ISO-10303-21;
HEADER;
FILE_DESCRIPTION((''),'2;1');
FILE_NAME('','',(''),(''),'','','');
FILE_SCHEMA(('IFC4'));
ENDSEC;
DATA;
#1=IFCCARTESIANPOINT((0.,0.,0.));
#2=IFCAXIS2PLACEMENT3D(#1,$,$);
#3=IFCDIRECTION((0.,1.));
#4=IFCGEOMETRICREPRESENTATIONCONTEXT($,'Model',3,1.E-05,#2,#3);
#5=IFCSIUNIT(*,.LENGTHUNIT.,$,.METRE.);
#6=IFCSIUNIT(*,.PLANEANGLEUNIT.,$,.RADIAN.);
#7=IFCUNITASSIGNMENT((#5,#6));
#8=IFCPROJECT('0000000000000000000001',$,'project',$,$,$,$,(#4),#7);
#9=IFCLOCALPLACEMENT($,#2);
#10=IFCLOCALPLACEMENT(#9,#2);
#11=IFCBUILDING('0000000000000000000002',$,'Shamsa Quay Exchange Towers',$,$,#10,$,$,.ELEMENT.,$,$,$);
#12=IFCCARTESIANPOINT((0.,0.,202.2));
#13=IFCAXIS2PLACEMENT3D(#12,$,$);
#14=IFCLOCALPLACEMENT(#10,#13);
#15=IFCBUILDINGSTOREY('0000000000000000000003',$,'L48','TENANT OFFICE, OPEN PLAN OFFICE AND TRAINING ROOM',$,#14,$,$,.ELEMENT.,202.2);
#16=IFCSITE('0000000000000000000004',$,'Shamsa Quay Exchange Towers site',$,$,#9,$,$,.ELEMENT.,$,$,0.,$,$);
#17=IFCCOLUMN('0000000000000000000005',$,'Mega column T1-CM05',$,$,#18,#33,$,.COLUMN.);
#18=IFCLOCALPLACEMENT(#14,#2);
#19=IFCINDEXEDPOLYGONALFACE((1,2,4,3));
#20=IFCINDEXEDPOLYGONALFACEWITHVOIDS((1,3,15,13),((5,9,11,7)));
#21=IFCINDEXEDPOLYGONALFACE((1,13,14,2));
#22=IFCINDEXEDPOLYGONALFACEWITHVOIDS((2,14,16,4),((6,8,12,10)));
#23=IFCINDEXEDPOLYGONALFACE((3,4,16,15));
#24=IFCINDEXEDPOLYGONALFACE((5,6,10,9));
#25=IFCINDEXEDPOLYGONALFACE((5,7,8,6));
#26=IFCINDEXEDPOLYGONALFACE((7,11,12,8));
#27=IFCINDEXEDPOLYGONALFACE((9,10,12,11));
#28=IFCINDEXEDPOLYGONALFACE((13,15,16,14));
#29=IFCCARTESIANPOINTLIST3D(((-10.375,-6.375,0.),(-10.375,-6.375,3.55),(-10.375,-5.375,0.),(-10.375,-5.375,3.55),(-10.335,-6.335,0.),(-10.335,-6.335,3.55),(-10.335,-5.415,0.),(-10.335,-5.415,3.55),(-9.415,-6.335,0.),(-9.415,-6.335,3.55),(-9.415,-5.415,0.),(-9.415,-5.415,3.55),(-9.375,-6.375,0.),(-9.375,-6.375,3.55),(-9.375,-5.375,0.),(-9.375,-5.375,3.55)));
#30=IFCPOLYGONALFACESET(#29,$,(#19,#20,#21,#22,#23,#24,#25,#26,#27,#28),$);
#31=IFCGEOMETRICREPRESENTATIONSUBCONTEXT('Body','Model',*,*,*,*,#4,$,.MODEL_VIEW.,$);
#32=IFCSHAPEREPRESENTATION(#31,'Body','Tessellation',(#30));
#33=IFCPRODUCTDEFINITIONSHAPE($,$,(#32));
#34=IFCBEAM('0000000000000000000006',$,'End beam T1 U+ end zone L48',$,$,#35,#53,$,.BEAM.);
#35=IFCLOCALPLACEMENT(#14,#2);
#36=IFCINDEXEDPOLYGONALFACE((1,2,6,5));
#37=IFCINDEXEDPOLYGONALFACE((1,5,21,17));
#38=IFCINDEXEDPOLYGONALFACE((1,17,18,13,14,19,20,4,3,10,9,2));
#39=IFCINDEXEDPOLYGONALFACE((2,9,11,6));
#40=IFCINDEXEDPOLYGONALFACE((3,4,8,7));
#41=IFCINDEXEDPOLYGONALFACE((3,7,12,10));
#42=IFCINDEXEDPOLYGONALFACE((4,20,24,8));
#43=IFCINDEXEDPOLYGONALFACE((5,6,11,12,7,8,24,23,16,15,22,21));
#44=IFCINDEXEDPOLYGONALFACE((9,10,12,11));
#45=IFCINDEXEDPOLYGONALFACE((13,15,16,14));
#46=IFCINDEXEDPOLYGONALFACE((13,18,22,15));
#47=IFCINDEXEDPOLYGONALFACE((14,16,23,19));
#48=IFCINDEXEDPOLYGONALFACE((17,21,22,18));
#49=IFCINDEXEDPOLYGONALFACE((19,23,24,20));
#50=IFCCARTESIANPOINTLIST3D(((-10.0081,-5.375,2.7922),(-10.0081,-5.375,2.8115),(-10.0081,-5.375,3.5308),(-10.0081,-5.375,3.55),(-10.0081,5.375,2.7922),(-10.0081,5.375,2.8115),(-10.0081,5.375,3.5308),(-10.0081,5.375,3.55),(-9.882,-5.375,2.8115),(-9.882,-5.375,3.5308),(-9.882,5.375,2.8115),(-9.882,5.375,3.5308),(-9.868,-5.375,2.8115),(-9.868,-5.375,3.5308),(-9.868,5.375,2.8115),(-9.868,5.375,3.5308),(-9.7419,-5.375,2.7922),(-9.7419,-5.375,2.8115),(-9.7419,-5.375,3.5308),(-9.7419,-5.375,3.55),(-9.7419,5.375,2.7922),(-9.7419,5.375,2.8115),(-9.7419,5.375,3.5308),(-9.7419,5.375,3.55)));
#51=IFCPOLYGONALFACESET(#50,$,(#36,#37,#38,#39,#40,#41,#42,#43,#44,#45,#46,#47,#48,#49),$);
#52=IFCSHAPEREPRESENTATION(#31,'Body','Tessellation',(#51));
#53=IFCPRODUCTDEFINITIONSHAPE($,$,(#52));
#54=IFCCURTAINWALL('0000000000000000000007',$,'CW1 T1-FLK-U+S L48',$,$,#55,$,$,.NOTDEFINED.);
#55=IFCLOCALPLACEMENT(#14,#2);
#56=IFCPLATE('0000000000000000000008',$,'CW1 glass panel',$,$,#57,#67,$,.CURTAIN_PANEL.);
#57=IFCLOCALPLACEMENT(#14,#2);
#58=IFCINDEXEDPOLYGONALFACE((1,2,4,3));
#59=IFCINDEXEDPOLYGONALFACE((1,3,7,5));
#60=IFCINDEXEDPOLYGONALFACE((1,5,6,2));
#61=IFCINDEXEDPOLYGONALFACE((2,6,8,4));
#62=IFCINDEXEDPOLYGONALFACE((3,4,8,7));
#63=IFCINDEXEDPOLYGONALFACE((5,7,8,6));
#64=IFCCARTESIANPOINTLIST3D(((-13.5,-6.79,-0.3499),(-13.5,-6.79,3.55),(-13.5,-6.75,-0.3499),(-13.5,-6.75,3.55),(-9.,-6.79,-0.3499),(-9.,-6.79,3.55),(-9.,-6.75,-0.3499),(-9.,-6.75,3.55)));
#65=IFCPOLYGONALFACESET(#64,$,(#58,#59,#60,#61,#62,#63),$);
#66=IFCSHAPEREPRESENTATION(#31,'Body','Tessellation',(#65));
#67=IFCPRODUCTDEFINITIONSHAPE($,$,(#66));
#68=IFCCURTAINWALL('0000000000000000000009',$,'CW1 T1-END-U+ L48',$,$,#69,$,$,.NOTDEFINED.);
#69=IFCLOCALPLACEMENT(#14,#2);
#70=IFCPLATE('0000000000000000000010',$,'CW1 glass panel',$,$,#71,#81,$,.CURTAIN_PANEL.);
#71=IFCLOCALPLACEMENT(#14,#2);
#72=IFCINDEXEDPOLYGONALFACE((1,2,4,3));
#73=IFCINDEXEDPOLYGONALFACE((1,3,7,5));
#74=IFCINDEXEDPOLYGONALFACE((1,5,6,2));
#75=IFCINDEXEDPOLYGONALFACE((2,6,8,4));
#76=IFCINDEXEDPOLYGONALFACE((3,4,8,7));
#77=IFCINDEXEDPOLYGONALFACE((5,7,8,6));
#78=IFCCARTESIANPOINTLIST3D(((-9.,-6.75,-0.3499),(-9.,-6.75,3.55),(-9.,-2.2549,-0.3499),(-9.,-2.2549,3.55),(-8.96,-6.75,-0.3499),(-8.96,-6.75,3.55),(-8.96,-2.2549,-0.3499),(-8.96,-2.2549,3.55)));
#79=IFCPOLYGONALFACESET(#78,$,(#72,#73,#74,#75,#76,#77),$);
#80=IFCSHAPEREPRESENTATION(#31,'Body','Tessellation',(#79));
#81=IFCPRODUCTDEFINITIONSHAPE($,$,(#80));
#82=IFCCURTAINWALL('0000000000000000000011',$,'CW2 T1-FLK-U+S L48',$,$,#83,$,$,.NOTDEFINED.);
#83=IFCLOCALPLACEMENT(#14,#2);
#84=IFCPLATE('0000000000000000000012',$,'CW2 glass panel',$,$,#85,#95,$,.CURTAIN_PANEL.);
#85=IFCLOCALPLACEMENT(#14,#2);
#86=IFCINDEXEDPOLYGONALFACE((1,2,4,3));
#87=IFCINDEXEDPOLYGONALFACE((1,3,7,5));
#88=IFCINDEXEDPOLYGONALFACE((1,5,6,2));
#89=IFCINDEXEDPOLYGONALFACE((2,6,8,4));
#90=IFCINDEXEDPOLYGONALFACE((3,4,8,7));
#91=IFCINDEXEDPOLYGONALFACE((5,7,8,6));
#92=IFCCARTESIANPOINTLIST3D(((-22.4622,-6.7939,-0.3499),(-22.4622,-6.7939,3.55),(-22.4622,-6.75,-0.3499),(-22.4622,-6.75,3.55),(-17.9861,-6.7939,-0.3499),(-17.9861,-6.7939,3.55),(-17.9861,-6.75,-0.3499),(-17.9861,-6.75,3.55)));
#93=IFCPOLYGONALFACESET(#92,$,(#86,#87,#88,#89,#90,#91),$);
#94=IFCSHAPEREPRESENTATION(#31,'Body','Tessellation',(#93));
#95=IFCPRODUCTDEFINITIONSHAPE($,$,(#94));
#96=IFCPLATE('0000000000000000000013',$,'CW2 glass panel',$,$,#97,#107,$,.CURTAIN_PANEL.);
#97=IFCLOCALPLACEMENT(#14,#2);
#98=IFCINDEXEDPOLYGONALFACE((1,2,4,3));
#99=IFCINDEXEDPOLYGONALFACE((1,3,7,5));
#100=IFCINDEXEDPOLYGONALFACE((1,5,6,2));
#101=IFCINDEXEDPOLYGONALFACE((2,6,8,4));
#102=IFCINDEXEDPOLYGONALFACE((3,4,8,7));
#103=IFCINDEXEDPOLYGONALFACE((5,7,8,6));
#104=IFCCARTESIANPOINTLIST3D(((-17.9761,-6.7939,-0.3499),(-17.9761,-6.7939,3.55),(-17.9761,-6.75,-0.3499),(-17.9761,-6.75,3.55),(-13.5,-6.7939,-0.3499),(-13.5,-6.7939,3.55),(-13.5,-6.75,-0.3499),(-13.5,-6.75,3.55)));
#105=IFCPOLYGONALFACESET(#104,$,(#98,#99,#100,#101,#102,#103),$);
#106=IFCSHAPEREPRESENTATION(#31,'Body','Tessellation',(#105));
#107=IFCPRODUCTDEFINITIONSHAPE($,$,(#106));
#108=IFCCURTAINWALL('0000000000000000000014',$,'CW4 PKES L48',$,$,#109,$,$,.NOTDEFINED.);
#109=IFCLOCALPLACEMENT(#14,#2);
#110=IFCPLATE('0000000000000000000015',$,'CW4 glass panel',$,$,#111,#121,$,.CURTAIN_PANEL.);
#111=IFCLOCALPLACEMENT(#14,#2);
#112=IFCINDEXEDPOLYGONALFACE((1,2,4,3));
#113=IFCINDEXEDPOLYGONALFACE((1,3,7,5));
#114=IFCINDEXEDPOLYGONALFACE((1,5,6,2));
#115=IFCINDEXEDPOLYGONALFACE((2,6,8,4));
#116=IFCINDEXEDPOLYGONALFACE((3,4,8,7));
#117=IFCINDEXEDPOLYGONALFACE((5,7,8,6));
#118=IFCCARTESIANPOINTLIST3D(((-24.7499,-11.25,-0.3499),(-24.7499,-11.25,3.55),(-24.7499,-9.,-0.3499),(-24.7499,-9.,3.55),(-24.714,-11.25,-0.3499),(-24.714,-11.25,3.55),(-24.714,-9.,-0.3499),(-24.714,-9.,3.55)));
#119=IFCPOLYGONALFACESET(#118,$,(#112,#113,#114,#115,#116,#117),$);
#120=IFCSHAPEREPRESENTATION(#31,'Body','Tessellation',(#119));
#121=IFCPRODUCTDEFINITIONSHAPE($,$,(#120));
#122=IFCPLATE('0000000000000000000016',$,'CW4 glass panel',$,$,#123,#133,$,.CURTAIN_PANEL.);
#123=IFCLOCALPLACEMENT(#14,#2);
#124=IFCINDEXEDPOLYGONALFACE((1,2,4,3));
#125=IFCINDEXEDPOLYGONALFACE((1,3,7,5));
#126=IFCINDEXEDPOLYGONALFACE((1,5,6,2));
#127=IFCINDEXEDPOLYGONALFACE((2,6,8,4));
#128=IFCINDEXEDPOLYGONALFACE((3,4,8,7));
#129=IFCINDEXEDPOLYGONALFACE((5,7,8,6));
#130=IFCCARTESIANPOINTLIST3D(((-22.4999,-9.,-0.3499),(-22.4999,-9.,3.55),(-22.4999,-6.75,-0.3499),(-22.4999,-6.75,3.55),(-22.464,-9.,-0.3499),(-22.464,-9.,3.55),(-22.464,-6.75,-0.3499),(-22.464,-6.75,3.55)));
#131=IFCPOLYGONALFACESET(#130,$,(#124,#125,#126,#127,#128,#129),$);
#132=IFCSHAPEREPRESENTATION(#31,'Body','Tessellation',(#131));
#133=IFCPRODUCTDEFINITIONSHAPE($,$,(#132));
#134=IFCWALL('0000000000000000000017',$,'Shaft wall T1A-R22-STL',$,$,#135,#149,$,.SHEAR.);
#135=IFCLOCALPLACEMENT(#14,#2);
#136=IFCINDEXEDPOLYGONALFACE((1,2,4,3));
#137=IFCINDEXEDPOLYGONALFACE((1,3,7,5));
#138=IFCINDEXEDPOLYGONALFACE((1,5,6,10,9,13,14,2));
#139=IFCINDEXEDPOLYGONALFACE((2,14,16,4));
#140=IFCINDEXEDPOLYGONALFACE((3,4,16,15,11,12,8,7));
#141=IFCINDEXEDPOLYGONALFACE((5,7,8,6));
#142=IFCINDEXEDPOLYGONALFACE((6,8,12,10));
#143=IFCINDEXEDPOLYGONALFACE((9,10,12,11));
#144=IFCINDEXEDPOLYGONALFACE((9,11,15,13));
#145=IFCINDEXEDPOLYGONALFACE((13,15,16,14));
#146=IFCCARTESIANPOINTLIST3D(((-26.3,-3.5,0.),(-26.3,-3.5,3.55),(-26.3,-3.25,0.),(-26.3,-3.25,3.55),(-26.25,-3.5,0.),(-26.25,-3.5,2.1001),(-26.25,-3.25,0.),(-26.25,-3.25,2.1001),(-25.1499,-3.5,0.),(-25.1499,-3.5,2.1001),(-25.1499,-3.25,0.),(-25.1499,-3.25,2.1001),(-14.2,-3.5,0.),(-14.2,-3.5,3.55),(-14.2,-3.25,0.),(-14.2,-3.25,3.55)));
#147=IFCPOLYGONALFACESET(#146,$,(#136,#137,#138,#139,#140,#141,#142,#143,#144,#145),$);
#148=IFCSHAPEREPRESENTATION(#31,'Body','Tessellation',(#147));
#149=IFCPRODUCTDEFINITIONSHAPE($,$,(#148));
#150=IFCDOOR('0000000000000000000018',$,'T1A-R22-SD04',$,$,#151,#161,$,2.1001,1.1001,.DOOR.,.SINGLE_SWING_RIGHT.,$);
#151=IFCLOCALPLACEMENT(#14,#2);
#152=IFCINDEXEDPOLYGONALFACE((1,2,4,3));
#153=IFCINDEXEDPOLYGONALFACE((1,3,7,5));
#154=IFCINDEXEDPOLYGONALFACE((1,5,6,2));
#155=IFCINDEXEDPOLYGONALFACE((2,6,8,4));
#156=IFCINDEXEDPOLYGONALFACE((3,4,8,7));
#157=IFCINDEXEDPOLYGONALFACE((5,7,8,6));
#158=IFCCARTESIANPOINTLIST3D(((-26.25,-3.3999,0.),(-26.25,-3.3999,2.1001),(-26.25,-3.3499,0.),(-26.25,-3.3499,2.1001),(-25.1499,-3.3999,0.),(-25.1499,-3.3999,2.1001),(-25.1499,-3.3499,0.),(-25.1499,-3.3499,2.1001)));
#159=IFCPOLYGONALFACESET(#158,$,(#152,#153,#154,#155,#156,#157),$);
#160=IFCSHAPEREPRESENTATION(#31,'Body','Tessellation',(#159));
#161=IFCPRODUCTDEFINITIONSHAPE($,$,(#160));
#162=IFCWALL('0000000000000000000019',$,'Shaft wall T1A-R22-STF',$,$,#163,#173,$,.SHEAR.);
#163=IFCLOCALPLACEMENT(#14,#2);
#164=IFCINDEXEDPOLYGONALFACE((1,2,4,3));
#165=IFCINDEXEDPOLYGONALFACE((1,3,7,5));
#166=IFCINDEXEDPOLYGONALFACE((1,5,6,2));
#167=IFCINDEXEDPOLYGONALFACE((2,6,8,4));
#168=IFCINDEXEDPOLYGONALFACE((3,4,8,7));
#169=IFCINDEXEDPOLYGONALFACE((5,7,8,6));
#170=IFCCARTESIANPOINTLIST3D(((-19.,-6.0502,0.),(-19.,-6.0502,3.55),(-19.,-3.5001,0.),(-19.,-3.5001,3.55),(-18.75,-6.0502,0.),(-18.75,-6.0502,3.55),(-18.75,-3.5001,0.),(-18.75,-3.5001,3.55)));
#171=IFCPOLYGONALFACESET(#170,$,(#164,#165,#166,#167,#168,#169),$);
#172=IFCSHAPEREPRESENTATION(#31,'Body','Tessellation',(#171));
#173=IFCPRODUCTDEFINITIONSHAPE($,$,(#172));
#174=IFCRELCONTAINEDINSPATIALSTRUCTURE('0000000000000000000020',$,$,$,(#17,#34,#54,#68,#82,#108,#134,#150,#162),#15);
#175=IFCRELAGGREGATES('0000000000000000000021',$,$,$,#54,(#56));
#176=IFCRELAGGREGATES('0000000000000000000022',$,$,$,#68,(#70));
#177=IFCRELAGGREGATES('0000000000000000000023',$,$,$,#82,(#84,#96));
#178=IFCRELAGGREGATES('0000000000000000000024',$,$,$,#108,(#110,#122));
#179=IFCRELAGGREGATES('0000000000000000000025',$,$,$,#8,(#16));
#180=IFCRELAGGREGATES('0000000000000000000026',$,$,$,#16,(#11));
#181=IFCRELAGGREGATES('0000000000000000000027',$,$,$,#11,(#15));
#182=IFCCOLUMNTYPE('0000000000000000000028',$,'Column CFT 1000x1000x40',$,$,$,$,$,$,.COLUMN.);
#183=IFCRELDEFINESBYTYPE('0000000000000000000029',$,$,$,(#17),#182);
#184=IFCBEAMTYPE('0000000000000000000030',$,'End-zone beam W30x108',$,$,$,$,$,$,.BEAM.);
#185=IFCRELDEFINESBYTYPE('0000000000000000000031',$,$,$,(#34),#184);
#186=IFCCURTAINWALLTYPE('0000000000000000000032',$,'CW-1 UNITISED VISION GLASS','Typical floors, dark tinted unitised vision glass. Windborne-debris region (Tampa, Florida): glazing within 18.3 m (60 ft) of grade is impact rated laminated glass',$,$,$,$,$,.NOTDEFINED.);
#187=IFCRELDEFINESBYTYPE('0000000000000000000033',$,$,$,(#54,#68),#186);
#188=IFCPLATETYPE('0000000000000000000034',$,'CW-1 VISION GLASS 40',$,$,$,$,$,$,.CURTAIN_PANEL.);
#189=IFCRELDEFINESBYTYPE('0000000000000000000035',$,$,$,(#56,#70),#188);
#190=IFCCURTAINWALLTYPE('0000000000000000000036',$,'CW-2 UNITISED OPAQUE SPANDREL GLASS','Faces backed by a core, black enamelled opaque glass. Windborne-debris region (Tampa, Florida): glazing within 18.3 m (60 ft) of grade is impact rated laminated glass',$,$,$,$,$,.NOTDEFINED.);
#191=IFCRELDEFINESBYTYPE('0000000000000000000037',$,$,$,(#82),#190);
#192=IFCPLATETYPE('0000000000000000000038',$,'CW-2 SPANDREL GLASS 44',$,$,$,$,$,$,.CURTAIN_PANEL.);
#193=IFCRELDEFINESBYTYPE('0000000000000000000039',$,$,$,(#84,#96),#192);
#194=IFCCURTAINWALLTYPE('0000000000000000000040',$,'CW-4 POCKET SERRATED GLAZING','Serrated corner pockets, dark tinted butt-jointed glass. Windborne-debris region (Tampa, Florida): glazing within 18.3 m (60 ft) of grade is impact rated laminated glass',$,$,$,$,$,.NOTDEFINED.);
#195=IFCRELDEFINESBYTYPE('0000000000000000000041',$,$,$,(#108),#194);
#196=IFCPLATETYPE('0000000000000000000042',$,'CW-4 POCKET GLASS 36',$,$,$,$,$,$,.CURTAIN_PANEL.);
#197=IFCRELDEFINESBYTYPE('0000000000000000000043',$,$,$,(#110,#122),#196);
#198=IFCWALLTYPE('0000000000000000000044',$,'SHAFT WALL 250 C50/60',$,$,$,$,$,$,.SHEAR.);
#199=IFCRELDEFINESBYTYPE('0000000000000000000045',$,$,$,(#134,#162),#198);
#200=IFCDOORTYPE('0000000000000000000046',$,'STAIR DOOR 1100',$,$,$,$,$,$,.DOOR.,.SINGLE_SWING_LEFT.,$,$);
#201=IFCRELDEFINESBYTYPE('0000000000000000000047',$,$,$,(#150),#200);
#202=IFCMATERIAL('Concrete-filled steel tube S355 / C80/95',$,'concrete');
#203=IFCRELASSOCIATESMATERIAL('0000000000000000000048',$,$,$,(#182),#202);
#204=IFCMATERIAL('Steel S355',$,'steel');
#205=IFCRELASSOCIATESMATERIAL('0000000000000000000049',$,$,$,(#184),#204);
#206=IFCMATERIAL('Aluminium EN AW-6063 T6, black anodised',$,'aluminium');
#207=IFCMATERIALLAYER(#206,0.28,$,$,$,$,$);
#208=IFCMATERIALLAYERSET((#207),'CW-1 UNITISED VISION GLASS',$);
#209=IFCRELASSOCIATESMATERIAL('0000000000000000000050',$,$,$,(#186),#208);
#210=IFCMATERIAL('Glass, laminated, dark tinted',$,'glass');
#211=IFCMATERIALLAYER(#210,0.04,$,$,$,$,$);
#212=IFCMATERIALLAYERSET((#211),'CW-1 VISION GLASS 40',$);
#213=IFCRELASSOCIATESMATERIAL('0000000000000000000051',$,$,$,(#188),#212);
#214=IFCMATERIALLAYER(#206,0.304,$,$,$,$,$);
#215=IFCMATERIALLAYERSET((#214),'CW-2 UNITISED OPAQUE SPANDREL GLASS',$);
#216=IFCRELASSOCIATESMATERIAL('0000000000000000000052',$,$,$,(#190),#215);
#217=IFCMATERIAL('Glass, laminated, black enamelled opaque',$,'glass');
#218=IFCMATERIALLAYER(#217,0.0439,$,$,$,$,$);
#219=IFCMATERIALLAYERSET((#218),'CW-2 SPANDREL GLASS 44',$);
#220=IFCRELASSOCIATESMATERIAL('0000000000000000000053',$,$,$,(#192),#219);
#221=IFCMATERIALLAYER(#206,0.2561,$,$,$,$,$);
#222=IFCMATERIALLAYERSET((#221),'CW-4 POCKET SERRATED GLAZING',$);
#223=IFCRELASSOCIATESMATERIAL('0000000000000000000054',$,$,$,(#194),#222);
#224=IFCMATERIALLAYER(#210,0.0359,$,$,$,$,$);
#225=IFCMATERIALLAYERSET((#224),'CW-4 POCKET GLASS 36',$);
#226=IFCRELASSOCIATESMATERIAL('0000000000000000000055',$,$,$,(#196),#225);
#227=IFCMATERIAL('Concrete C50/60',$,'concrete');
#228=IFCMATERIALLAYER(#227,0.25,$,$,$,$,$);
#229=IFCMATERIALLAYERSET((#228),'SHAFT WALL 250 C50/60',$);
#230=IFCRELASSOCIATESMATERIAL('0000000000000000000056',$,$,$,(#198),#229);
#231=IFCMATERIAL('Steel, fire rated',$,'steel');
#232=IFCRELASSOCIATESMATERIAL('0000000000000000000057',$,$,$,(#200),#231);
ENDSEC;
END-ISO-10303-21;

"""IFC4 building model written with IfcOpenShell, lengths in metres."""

from ifc_helpers import new_model, si_unit, direction, frame, frame_2d, origin, origin_2d, place, context, subcontext, project, spatial, rectangle, hollow_rectangle, i_section, extrude, material, layer, layer_set, material_profile, profile_set, type_object, element, fill, aggregate, save


model = new_model("IFC4")

# Units and contexts
model_context = context("Model", 3, precision=1e-05, world=origin(), true_north=direction((0.0, 1.0)))
body_context = subcontext(model_context, "Body", "Model", "MODEL_VIEW")
ifc_project = project(units=[si_unit("LENGTHUNIT", "METRE"), si_unit("PLANEANGLEUNIT", "RADIAN")], contexts=[model_context])

# Site, building, storey
site_placement = place(None, origin())
site = spatial("IfcSite", under=ifc_project, at=site_placement, Name="Shamsa Quay Exchange Towers site", CompositionType="ELEMENT", RefElevation=0.0)
building_placement = place(site_placement, origin())
building = spatial("IfcBuilding", under=site, at=building_placement, Name="Shamsa Quay Exchange Towers", CompositionType="ELEMENT")
storey_placement = place(building_placement, frame((0.0, 0.0, 202.2)))
storey = spatial("IfcBuildingStorey", under=building, at=storey_placement, Name="L48", Description="TENANT OFFICE, OPEN PLAN OFFICE AND TRAINING ROOM", CompositionType="ELEMENT", Elevation=202.2)

# Column
ifc_material_1 = material(Name="Concrete-filled steel tube S355 / C80/95", Category="concrete")
ifc_material_profile_1 = material_profile(ifc_material_1, hollow_rectangle(XDim=1.0, YDim=1.0, WallThickness=0.04, at=origin_2d()), Name="CFT 1000x1000x40")
ifc_profile_set_1 = profile_set([ifc_material_profile_1], Name="Concrete-filled steel tube S355 / C80/95")
column_type = type_object("IfcColumnType", Name="Column CFT 1000x1000x40", PredefinedType="COLUMN", material=ifc_profile_set_1)
column_placement = place(storey_placement, frame((-9.875, -5.875, 0.0)))
element("IfcColumn", 1, at=column_placement, inside=storey, type_object=column_type, Name="Mega column T1-CM05", PredefinedType="COLUMN", context=body_context, shape_type="SweptSolid", body=[
    extrude(hollow_rectangle(XDim=1.0, YDim=1.0, WallThickness=0.04, at=origin_2d()), origin(), (0.0, 0.0, 1.0), 3.55),
])

# Beam
ifc_material_2 = material(Name="Steel S355", Category="steel")
ifc_material_profile_2 = material_profile(ifc_material_2, i_section(OverallWidth=0.2661, OverallDepth=0.7578, WebThickness=0.0139, FlangeThickness=0.0193, at=origin_2d()), Name="W30x108")
ifc_profile_set_2 = profile_set([ifc_material_profile_2], Name="Steel S355")
beam_type = type_object("IfcBeamType", Name="End-zone beam W30x108", PredefinedType="BEAM", material=ifc_profile_set_2)
beam_placement = place(storey_placement, frame((-9.875, -5.375, 3.1711), z_axis=(0.0, 1.0, 0.0), x_axis=(-1.0, 0.0, 0.0)))
element("IfcBeam", 2, at=beam_placement, inside=storey, type_object=beam_type, Name="End beam T1 U+ end zone L48", PredefinedType="BEAM", context=body_context, shape_type="SweptSolid", body=[
    extrude(i_section(OverallWidth=0.2661, OverallDepth=0.7578, WebThickness=0.0139, FlangeThickness=0.0193, at=origin_2d()), origin(), (0.0, 0.0, 1.0), 10.75),
])

# Curtain walls, plates
ifc_material_3 = material(Name="Aluminium EN AW-6063 T6, black anodised", Category="aluminium")
ifc_layer_1 = layer(ifc_material_3, 0.28)
ifc_layer_set_1 = layer_set([ifc_layer_1], Name="CW-1 UNITISED VISION GLASS")
curtain_wall_type_1 = type_object("IfcCurtainWallType", Name="CW-1 UNITISED VISION GLASS", Description="Typical floors, dark tinted unitised vision glass. Windborne-debris region (Tampa, Florida): glazing within 18.3 m (60 ft) of grade is impact rated laminated glass", PredefinedType="NOTDEFINED", material=ifc_layer_set_1)
curtain_wall_1_placement = place(storey_placement, origin())
curtain_wall_1 = element("IfcCurtainWall", 3, at=curtain_wall_1_placement, inside=storey, type_object=curtain_wall_type_1, Name="CW1 T1-FLK-U+S L48", PredefinedType="NOTDEFINED")
ifc_material_4 = material(Name="Glass, laminated, dark tinted", Category="glass")
ifc_layer_2 = layer(ifc_material_4, 0.04)
ifc_layer_set_2 = layer_set([ifc_layer_2], Name="CW-1 VISION GLASS 40")
plate_type_1 = type_object("IfcPlateType", Name="CW-1 VISION GLASS 40", PredefinedType="CURTAIN_PANEL", material=ifc_layer_set_2)
plate_1_placement = place(storey_placement, frame((-11.25, -6.77, -0.3499)))
plate_1 = element("IfcPlate", 4, at=plate_1_placement, type_object=plate_type_1, Name="CW1 glass panel", PredefinedType="CURTAIN_PANEL", context=body_context, shape_type="SweptSolid", body=[
    extrude(rectangle(XDim=4.5, YDim=0.04, at=origin_2d()), origin(), (0.0, 0.0, 1.0), 3.8999),
])
aggregate(curtain_wall_1, [plate_1])
curtain_wall_2_placement = place(storey_placement, origin())
curtain_wall_2 = element("IfcCurtainWall", 5, at=curtain_wall_2_placement, inside=storey, type_object=curtain_wall_type_1, Name="CW1 T1-END-U+ L48", PredefinedType="NOTDEFINED")
plate_2_placement = place(storey_placement, frame((-8.98, -4.5024, -0.3499), z_axis=(0.0, 0.0, 1.0), x_axis=(0.0, 1.0, 0.0)))
plate_2 = element("IfcPlate", 6, at=plate_2_placement, type_object=plate_type_1, Name="CW1 glass panel", PredefinedType="CURTAIN_PANEL", context=body_context, shape_type="SweptSolid", body=[
    extrude(rectangle(XDim=4.4951, YDim=0.04, at=origin_2d()), origin(), (0.0, 0.0, 1.0), 3.8999),
])
aggregate(curtain_wall_2, [plate_2])

# Curtain walls, plates
ifc_layer_3 = layer(ifc_material_3, 0.304)
ifc_layer_set_3 = layer_set([ifc_layer_3], Name="CW-2 UNITISED OPAQUE SPANDREL GLASS")
curtain_wall_type_2 = type_object("IfcCurtainWallType", Name="CW-2 UNITISED OPAQUE SPANDREL GLASS", Description="Faces backed by a core, black enamelled opaque glass. Windborne-debris region (Tampa, Florida): glazing within 18.3 m (60 ft) of grade is impact rated laminated glass", PredefinedType="NOTDEFINED", material=ifc_layer_set_3)
curtain_wall_3_placement = place(storey_placement, origin())
curtain_wall_3 = element("IfcCurtainWall", 7, at=curtain_wall_3_placement, inside=storey, type_object=curtain_wall_type_2, Name="CW2 T1-FLK-U+S L48", PredefinedType="NOTDEFINED")
ifc_material_5 = material(Name="Glass, laminated, black enamelled opaque", Category="glass")
ifc_layer_4 = layer(ifc_material_5, 0.0439)
ifc_layer_set_4 = layer_set([ifc_layer_4], Name="CW-2 SPANDREL GLASS 44")
plate_type_2 = type_object("IfcPlateType", Name="CW-2 SPANDREL GLASS 44", PredefinedType="CURTAIN_PANEL", material=ifc_layer_set_4)
plate_3_placement = place(storey_placement, frame((-20.2241, -6.772, -0.3499)))
plate_3 = element("IfcPlate", 8, at=plate_3_placement, type_object=plate_type_2, Name="CW2 glass panel", PredefinedType="CURTAIN_PANEL", context=body_context, shape_type="SweptSolid", body=[
    extrude(rectangle(XDim=4.4761, YDim=0.0439, at=origin_2d()), origin(), (0.0, 0.0, 1.0), 3.8999),
])
plate_4_placement = place(storey_placement, frame((-15.738, -6.772, -0.3499)))
plate_4 = element("IfcPlate", 9, at=plate_4_placement, type_object=plate_type_2, Name="CW2 glass panel", PredefinedType="CURTAIN_PANEL", context=body_context, shape_type="SweptSolid", body=[
    extrude(rectangle(XDim=4.4761, YDim=0.0439, at=origin_2d()), origin(), (0.0, 0.0, 1.0), 3.8999),
])
aggregate(curtain_wall_3, [plate_3, plate_4])
ifc_layer_5 = layer(ifc_material_3, 0.2561)
ifc_layer_set_5 = layer_set([ifc_layer_5], Name="CW-4 POCKET SERRATED GLAZING")
curtain_wall_type_3 = type_object("IfcCurtainWallType", Name="CW-4 POCKET SERRATED GLAZING", Description="Serrated corner pockets, dark tinted butt-jointed glass. Windborne-debris region (Tampa, Florida): glazing within 18.3 m (60 ft) of grade is impact rated laminated glass", PredefinedType="NOTDEFINED", material=ifc_layer_set_5)
curtain_wall_4_placement = place(storey_placement, origin())
curtain_wall_4 = element("IfcCurtainWall", 10, at=curtain_wall_4_placement, inside=storey, type_object=curtain_wall_type_3, Name="CW4 PKES L48", PredefinedType="NOTDEFINED")
ifc_layer_6 = layer(ifc_material_4, 0.0359)
ifc_layer_set_6 = layer_set([ifc_layer_6], Name="CW-4 POCKET GLASS 36")
plate_type_3 = type_object("IfcPlateType", Name="CW-4 POCKET GLASS 36", PredefinedType="CURTAIN_PANEL", material=ifc_layer_set_6)
plate_5_placement = place(storey_placement, frame((-24.7319, -10.125, -0.3499), z_axis=(0.0, 0.0, 1.0), x_axis=(0.0, 1.0, 0.0)))
plate_5 = element("IfcPlate", 11, at=plate_5_placement, type_object=plate_type_3, Name="CW4 glass panel", PredefinedType="CURTAIN_PANEL", context=body_context, shape_type="SweptSolid", body=[
    extrude(rectangle(XDim=2.25, YDim=0.0359, at=origin_2d()), origin(), (0.0, 0.0, 1.0), 3.8999),
])
plate_6_placement = place(storey_placement, frame((-22.4819, -7.875, -0.3499), z_axis=(0.0, 0.0, 1.0), x_axis=(0.0, 1.0, 0.0)))
plate_6 = element("IfcPlate", 12, at=plate_6_placement, type_object=plate_type_3, Name="CW4 glass panel", PredefinedType="CURTAIN_PANEL", context=body_context, shape_type="SweptSolid", body=[
    extrude(rectangle(XDim=2.25, YDim=0.0359, at=origin_2d()), origin(), (0.0, 0.0, 1.0), 3.8999),
])
aggregate(curtain_wall_4, [plate_5, plate_6])

# Wall, opening, door
ifc_material_6 = material(Name="Concrete C50/60", Category="concrete")
ifc_layer_7 = layer(ifc_material_6, 0.25)
ifc_layer_set_7 = layer_set([ifc_layer_7], Name="SHAFT WALL 250 C50/60")
wall_type_1 = type_object("IfcWallType", Name="SHAFT WALL 250 C50/60", PredefinedType="SHEAR", material=ifc_layer_set_7)
wall_1_placement = place(storey_placement, frame((-14.2, -3.375, 0.0), z_axis=(0.0, 0.0, 1.0), x_axis=(-1.0, 0.0, 0.0)))
wall_1 = element("IfcWall", 13, at=wall_1_placement, inside=storey, type_object=wall_type_1, Name="Shaft wall T1A-R22-STL", PredefinedType="SHEAR", context=body_context, shape_type="SweptSolid", body=[
    extrude(rectangle(XDim=12.1001, YDim=0.25, at=frame_2d((6.05, 0.0))), origin(), (0.0, 0.0, 1.0), 3.55),
])
opening_1_placement = place(wall_1_placement, frame((10.95, 0.0, 0.0)))
opening_1 = element("IfcOpeningElement", 14, at=opening_1_placement, cuts=wall_1, PredefinedType="OPENING", context=body_context, shape_type="SweptSolid", body=[
    extrude(rectangle(XDim=1.1001, YDim=2.1001, at=frame_2d((0.55, 1.05))), frame((0.0, 0.135, 0.0), z_axis=(0.0, -1.0, 0.0), x_axis=(1.0, 0.0, 0.0)), (0.0, 0.0, 1.0), 0.27),
])
ifc_material_7 = material(Name="Steel, fire rated", Category="steel")
door_type_1 = type_object("IfcDoorType", Name="STAIR DOOR 1100", OperationType="SINGLE_SWING_LEFT", PredefinedType="DOOR", material=ifc_material_7)
door_1_placement = place(opening_1_placement, origin())
door_1 = element("IfcDoor", 15, at=door_1_placement, inside=storey, type_object=door_type_1, Name="T1A-R22-SD04", OperationType="SINGLE_SWING_RIGHT", OverallHeight=2.1001, OverallWidth=1.1001, PredefinedType="DOOR", context=body_context, shape_type="SweptSolid", body=[
    extrude(rectangle(XDim=1.1001, YDim=2.1001, at=frame_2d((0.55, 1.05))), frame((0.0, 0.0249, 0.0), z_axis=(0.0, -1.0, 0.0), x_axis=(1.0, 0.0, 0.0)), (0.0, 0.0, 1.0), 0.05),
])
fill(opening_1, door_1)

# Wall
wall_2_placement = place(storey_placement, frame((-18.875, -6.05, 0.0), z_axis=(0.0, 0.0, 1.0), x_axis=(0.0, 1.0, 0.0)))
element("IfcWall", 16, at=wall_2_placement, inside=storey, type_object=wall_type_1, Name="Shaft wall T1A-R22-STF", PredefinedType="SHEAR", context=body_context, shape_type="SweptSolid", body=[
    extrude(rectangle(XDim=2.55, YDim=0.25, at=frame_2d((1.2749, 0.0))), origin(), (0.0, 0.0, 1.0), 3.55),
])

save(model, "model.ifc")
